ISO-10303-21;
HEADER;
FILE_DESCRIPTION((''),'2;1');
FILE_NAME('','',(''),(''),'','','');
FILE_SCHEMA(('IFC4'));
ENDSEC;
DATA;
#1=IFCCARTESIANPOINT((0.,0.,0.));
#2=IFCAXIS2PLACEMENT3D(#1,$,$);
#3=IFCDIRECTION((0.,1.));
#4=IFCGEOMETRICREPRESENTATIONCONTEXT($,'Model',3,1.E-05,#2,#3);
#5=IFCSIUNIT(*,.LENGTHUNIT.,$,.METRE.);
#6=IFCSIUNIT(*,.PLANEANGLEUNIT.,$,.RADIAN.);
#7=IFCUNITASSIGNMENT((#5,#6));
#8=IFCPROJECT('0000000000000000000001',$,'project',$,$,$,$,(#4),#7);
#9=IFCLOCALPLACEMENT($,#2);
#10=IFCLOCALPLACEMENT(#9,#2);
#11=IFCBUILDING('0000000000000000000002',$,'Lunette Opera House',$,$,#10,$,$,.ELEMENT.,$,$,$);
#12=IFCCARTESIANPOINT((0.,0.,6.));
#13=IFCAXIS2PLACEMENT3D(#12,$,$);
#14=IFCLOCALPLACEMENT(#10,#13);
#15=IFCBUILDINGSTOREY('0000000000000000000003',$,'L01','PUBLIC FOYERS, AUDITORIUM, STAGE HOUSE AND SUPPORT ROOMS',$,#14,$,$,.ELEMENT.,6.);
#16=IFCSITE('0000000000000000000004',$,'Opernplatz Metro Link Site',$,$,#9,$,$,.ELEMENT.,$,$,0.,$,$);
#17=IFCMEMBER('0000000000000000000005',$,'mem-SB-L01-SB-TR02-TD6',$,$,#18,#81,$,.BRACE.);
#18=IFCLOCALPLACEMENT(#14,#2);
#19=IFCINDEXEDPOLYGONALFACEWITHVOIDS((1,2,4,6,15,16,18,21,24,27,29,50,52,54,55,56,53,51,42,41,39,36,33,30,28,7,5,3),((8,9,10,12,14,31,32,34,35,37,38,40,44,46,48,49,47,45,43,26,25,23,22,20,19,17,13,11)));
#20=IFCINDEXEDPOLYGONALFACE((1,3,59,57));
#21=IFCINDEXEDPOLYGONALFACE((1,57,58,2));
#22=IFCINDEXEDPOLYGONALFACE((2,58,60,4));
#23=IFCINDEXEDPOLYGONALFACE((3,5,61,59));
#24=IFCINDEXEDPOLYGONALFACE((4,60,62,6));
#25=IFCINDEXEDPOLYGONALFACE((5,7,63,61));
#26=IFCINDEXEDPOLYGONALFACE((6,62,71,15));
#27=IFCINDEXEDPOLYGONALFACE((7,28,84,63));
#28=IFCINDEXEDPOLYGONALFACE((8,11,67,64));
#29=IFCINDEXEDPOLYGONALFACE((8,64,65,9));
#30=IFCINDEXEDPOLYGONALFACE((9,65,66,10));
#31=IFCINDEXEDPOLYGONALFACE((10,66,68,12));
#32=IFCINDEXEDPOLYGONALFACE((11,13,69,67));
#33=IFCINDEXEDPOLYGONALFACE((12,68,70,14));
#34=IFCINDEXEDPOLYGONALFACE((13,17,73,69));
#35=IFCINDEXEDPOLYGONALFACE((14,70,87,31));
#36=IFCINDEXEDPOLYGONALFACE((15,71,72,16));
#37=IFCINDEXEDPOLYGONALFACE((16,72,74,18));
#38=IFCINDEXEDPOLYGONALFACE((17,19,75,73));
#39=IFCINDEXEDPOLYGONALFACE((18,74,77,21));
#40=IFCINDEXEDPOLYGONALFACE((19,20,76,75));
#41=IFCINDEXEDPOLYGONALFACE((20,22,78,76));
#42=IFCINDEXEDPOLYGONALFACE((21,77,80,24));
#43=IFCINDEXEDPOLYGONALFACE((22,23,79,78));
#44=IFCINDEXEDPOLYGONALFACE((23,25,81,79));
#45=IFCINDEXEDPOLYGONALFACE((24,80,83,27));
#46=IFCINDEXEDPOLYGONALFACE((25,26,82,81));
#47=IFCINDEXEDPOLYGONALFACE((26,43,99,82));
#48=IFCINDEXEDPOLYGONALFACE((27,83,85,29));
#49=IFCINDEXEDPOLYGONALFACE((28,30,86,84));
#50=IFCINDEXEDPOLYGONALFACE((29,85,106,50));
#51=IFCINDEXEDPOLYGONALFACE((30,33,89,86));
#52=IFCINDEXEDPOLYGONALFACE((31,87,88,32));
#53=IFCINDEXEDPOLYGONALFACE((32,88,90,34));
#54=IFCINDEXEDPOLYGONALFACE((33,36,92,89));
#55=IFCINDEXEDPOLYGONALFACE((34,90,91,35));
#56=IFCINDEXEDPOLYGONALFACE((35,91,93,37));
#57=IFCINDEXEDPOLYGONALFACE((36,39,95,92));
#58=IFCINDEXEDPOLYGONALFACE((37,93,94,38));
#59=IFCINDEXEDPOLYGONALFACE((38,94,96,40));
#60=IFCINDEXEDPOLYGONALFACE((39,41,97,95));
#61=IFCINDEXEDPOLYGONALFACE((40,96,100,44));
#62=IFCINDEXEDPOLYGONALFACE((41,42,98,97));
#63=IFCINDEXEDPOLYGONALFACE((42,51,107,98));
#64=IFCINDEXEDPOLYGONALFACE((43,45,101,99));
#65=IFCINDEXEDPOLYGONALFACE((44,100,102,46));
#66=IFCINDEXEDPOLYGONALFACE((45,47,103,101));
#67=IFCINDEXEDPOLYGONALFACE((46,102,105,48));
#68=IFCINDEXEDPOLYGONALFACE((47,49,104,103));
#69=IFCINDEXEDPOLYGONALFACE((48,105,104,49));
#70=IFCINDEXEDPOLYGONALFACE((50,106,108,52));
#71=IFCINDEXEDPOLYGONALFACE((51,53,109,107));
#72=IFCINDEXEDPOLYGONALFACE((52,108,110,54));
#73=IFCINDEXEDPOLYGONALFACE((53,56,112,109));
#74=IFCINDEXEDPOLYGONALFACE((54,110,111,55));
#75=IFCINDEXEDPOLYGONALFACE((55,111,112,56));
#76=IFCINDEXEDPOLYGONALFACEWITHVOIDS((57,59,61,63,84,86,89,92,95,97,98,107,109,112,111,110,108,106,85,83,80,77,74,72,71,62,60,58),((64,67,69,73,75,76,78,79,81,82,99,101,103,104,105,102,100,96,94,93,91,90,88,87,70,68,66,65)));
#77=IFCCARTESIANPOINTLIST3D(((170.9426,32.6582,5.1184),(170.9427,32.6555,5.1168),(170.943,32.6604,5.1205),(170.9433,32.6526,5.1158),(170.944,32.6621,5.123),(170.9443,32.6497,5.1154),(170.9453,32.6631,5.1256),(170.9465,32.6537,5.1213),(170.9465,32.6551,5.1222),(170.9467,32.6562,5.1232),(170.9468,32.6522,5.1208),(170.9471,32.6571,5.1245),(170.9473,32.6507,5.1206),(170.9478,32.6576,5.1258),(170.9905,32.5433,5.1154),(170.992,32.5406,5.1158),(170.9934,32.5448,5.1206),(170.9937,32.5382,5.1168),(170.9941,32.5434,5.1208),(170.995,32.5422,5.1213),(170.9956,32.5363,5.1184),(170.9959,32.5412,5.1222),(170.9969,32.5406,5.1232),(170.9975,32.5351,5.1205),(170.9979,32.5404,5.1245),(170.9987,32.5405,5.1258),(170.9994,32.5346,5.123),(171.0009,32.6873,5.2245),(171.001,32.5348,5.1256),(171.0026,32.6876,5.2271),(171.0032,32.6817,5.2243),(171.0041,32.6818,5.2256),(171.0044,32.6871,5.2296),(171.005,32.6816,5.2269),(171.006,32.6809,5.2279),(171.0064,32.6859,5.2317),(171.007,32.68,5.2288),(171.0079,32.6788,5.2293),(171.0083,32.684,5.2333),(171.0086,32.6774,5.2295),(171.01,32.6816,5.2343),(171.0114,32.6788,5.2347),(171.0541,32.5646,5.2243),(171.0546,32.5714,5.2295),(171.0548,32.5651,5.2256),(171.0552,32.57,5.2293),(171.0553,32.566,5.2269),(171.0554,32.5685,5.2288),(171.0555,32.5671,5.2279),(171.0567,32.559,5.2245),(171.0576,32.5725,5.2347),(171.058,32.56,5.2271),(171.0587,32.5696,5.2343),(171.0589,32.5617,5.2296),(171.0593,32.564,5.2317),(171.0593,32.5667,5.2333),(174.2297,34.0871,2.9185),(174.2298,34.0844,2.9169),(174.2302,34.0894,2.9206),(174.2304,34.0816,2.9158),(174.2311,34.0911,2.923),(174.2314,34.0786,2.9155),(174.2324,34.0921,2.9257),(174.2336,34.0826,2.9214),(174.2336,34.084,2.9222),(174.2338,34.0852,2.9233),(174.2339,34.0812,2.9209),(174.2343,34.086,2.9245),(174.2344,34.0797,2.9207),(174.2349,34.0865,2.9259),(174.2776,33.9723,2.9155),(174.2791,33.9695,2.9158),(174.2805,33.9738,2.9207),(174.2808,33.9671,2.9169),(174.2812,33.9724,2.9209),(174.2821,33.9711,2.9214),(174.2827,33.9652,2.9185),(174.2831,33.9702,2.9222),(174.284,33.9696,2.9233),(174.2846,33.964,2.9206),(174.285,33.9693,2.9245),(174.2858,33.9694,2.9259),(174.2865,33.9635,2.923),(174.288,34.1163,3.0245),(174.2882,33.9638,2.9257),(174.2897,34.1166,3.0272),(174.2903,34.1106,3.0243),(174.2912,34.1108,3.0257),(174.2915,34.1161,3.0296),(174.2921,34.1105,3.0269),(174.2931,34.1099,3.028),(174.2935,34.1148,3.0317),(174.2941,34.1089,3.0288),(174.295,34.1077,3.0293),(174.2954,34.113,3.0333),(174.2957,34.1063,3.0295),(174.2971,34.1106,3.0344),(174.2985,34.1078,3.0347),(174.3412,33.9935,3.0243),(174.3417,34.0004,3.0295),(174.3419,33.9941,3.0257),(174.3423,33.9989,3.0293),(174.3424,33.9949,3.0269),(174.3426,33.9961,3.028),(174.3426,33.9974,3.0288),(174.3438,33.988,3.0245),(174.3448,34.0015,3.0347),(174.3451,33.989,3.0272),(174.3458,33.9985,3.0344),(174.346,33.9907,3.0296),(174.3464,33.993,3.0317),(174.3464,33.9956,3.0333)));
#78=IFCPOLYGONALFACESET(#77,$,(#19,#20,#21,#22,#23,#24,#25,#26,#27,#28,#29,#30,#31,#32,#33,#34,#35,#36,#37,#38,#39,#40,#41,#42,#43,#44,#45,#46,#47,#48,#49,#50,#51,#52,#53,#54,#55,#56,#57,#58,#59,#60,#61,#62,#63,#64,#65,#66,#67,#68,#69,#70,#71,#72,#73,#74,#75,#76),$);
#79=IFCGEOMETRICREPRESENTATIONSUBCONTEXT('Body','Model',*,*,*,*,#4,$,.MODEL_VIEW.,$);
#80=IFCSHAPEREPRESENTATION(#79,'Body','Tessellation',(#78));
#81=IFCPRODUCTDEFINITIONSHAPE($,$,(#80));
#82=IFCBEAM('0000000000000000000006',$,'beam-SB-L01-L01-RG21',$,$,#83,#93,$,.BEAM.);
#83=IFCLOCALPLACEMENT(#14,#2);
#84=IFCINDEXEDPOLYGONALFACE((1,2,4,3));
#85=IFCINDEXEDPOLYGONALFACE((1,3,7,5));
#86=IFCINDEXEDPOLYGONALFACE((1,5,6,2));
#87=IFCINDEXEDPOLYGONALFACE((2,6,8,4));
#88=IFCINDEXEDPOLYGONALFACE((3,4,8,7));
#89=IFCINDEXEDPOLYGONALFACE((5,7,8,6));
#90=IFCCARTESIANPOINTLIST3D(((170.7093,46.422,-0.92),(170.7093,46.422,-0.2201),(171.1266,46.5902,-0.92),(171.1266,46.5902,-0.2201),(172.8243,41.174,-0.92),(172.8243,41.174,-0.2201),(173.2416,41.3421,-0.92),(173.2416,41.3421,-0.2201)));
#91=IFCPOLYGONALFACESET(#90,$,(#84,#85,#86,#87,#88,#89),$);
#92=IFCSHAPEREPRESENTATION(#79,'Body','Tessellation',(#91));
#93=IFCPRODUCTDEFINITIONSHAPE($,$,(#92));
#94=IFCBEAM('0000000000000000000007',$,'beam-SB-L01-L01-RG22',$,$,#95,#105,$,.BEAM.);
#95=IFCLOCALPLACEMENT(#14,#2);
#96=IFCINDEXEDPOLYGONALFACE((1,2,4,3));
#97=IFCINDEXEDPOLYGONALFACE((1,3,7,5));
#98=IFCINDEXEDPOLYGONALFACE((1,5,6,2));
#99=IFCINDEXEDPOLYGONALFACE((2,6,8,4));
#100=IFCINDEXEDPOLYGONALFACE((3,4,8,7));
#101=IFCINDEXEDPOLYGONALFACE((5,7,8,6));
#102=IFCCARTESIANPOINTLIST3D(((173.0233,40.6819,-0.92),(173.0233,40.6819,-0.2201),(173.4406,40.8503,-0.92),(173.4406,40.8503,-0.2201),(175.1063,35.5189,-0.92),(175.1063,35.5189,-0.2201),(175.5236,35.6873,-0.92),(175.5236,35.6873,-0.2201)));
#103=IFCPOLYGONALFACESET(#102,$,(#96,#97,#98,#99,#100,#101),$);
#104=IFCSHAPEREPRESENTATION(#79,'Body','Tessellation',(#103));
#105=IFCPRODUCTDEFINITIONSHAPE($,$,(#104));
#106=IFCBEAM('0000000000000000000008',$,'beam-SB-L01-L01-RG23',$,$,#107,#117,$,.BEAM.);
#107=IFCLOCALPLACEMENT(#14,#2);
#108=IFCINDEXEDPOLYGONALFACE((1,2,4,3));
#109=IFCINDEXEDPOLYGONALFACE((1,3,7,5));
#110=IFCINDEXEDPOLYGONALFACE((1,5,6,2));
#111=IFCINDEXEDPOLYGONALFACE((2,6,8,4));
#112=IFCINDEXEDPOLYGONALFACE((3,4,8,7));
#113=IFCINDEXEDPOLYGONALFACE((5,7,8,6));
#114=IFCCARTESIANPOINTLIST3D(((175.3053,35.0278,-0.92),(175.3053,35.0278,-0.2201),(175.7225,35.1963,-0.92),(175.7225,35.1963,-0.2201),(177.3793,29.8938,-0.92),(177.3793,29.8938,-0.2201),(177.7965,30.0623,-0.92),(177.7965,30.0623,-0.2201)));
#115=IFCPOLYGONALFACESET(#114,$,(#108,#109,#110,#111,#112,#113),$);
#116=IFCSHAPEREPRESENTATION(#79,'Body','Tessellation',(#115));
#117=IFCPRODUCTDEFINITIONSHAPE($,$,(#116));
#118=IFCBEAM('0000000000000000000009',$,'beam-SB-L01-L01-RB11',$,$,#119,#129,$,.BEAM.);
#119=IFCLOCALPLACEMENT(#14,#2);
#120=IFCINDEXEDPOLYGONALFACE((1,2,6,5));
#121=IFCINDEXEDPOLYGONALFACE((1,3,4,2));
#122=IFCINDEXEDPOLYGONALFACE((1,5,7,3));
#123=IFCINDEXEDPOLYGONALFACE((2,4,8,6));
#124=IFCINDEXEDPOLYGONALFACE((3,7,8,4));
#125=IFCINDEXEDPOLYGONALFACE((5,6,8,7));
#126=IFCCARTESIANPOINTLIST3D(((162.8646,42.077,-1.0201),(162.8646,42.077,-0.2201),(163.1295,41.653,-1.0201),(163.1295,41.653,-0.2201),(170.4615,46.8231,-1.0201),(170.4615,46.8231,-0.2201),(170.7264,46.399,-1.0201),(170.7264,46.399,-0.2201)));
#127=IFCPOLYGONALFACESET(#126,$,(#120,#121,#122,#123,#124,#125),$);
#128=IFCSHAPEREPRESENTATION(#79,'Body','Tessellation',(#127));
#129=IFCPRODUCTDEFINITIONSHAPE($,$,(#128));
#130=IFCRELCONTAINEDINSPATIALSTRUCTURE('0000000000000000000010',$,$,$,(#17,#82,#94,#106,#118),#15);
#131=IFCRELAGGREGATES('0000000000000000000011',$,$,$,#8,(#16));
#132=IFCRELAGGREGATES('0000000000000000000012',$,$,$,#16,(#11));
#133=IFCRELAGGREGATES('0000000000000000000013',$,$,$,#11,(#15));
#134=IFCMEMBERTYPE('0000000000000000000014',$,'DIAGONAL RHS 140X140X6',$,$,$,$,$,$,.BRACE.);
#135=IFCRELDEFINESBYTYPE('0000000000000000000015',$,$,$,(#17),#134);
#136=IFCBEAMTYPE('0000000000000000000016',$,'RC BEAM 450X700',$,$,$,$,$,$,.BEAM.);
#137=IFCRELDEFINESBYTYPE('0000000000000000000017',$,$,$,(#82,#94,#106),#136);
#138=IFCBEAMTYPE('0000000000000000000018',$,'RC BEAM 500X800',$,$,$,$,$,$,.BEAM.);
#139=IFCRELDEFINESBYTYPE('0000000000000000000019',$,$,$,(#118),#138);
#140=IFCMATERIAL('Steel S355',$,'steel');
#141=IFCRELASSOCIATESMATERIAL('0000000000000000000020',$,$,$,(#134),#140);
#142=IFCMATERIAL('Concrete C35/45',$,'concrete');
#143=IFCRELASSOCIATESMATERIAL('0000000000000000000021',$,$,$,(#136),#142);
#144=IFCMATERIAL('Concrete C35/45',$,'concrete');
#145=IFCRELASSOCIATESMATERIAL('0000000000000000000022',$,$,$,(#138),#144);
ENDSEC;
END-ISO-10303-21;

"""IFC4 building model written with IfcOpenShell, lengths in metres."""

from ifc_helpers import new_model, si_unit, direction, frame, origin, origin_2d, place, context, subcontext, project, spatial, rectangle, hollow_rectangle, extrude, material, material_profile, profile_set, type_object, element, save


model = new_model("IFC4")

# Units and contexts
model_context = context("Model", 3, precision=1e-05, world=origin(), true_north=direction((0.0, 1.0)))
body_context = subcontext(model_context, "Body", "Model", "MODEL_VIEW")
ifc_project = project(units=[si_unit("LENGTHUNIT", "METRE"), si_unit("PLANEANGLEUNIT", "RADIAN")], contexts=[model_context])

# Site, building, storey
site_placement = place(None, origin())
site = spatial("IfcSite", under=ifc_project, at=site_placement, Name="Opernplatz Metro Link Site", CompositionType="ELEMENT", RefElevation=0.0)
building_placement = place(site_placement, origin())
building = spatial("IfcBuilding", under=site, at=building_placement, Name="Lunette Opera House", CompositionType="ELEMENT")
storey_placement = place(building_placement, frame((0.0, 0.0, 6.0)))
storey = spatial("IfcBuildingStorey", under=building, at=storey_placement, Name="L01", Description="PUBLIC FOYERS, AUDITORIUM, STAGE HOUSE AND SUPPORT ROOMS", CompositionType="ELEMENT", Elevation=6.0)

# Member
ifc_material_1 = material(Name="Steel S355", Category="steel")
ifc_material_profile_1 = material_profile(ifc_material_1, hollow_rectangle(XDim=0.1399, YDim=0.1399, WallThickness=0.0061, InnerFilletRadius=0.0061, OuterFilletRadius=0.012, at=origin_2d()), Name="RHS 140X140X6")
ifc_profile_set_1 = profile_set([ifc_material_profile_1], Name="Steel S355")
member_type_1 = type_object("IfcMemberType", Name="DIAGONAL RHS 140X140X6", PredefinedType="BRACE", material=ifc_profile_set_1)
member_placement = place(storey_placement, frame((171.001, 32.6111, 5.175), z_axis=(0.781609, 0.339777, -0.523105), x_axis=(-0.398674, 0.917093, 0.0)))
element("IfcMember", 1, at=member_placement, inside=storey, type_object=member_type_1, Name="mem-SB-L01-SB-TR02-TD6", PredefinedType="BRACE", context=body_context, shape_type="SweptSolid", body=[
    extrude(hollow_rectangle(XDim=0.1399, YDim=0.1399, WallThickness=0.0061, InnerFilletRadius=0.0061, OuterFilletRadius=0.012, at=origin_2d()), origin(), (0.0, 0.0, 1.0), 4.2056),
])

# Beams
ifc_material_2 = material(Name="Concrete C35/45", Category="concrete")
ifc_material_profile_2 = material_profile(ifc_material_2, rectangle(XDim=0.45, YDim=0.7, at=origin_2d()), Name="RC BEAM 450X700")
ifc_profile_set_2 = profile_set([ifc_material_profile_2], Name="Concrete C35/45")
beam_type_1 = type_object("IfcBeamType", Name="RC BEAM 450X700", PredefinedType="BEAM", material=ifc_profile_set_2)
beam_1_placement = place(storey_placement, frame((170.918, 46.5061, -0.5701), z_axis=(0.373792, -0.927512, 0.0), x_axis=(0.927512, 0.373792, 0.0)))
element("IfcBeam", 2, at=beam_1_placement, inside=storey, type_object=beam_type_1, Name="beam-SB-L01-L01-RG21", PredefinedType="BEAM", context=body_context, shape_type="SweptSolid", body=[
    extrude(rectangle(XDim=0.45, YDim=0.7, at=origin_2d()), origin(), (0.0, 0.0, 1.0), 5.6582),
])
beam_2_placement = place(storey_placement, frame((173.2319, 40.7661, -0.5701), z_axis=(0.374141, -0.927372, 0.0), x_axis=(0.927372, 0.374141, 0.0)))
element("IfcBeam", 3, at=beam_2_placement, inside=storey, type_object=beam_type_1, Name="beam-SB-L01-L01-RG22", PredefinedType="BEAM", context=body_context, shape_type="SweptSolid", body=[
    extrude(rectangle(XDim=0.45, YDim=0.7, at=origin_2d()), origin(), (0.0, 0.0, 1.0), 5.5674),
])
beam_3_placement = place(storey_placement, frame((175.5139, 35.1121, -0.5701), z_axis=(0.374559, -0.927203, 0.0), x_axis=(0.927203, 0.374559, 0.0)))
element("IfcBeam", 4, at=beam_3_placement, inside=storey, type_object=beam_type_1, Name="beam-SB-L01-L01-RG23", PredefinedType="BEAM", context=body_context, shape_type="SweptSolid", body=[
    extrude(rectangle(XDim=0.45, YDim=0.7, at=origin_2d()), origin(), (0.0, 0.0, 1.0), 5.5371),
])
ifc_material_3 = material(Name="Concrete C35/45", Category="concrete")
ifc_material_profile_3 = material_profile(ifc_material_3, rectangle(XDim=0.5, YDim=0.8, at=origin_2d()), Name="RC BEAM 500X800")
ifc_profile_set_3 = profile_set([ifc_material_profile_3], Name="Concrete C35/45")
beam_type_2 = type_object("IfcBeamType", Name="RC BEAM 500X800", PredefinedType="BEAM", material=ifc_profile_set_3)
beam_4_placement = place(storey_placement, frame((162.9971, 41.865, -0.6201), z_axis=(0.848098, 0.52984, 0.0), x_axis=(-0.52984, 0.848098, 0.0)))
element("IfcBeam", 5, at=beam_4_placement, inside=storey, type_object=beam_type_2, Name="beam-SB-L01-L01-RB11", PredefinedType="BEAM", context=body_context, shape_type="SweptSolid", body=[
    extrude(rectangle(XDim=0.5, YDim=0.8, at=origin_2d()), origin(), (0.0, 0.0, 1.0), 8.9575),
])

save(model, "model.ifc")
